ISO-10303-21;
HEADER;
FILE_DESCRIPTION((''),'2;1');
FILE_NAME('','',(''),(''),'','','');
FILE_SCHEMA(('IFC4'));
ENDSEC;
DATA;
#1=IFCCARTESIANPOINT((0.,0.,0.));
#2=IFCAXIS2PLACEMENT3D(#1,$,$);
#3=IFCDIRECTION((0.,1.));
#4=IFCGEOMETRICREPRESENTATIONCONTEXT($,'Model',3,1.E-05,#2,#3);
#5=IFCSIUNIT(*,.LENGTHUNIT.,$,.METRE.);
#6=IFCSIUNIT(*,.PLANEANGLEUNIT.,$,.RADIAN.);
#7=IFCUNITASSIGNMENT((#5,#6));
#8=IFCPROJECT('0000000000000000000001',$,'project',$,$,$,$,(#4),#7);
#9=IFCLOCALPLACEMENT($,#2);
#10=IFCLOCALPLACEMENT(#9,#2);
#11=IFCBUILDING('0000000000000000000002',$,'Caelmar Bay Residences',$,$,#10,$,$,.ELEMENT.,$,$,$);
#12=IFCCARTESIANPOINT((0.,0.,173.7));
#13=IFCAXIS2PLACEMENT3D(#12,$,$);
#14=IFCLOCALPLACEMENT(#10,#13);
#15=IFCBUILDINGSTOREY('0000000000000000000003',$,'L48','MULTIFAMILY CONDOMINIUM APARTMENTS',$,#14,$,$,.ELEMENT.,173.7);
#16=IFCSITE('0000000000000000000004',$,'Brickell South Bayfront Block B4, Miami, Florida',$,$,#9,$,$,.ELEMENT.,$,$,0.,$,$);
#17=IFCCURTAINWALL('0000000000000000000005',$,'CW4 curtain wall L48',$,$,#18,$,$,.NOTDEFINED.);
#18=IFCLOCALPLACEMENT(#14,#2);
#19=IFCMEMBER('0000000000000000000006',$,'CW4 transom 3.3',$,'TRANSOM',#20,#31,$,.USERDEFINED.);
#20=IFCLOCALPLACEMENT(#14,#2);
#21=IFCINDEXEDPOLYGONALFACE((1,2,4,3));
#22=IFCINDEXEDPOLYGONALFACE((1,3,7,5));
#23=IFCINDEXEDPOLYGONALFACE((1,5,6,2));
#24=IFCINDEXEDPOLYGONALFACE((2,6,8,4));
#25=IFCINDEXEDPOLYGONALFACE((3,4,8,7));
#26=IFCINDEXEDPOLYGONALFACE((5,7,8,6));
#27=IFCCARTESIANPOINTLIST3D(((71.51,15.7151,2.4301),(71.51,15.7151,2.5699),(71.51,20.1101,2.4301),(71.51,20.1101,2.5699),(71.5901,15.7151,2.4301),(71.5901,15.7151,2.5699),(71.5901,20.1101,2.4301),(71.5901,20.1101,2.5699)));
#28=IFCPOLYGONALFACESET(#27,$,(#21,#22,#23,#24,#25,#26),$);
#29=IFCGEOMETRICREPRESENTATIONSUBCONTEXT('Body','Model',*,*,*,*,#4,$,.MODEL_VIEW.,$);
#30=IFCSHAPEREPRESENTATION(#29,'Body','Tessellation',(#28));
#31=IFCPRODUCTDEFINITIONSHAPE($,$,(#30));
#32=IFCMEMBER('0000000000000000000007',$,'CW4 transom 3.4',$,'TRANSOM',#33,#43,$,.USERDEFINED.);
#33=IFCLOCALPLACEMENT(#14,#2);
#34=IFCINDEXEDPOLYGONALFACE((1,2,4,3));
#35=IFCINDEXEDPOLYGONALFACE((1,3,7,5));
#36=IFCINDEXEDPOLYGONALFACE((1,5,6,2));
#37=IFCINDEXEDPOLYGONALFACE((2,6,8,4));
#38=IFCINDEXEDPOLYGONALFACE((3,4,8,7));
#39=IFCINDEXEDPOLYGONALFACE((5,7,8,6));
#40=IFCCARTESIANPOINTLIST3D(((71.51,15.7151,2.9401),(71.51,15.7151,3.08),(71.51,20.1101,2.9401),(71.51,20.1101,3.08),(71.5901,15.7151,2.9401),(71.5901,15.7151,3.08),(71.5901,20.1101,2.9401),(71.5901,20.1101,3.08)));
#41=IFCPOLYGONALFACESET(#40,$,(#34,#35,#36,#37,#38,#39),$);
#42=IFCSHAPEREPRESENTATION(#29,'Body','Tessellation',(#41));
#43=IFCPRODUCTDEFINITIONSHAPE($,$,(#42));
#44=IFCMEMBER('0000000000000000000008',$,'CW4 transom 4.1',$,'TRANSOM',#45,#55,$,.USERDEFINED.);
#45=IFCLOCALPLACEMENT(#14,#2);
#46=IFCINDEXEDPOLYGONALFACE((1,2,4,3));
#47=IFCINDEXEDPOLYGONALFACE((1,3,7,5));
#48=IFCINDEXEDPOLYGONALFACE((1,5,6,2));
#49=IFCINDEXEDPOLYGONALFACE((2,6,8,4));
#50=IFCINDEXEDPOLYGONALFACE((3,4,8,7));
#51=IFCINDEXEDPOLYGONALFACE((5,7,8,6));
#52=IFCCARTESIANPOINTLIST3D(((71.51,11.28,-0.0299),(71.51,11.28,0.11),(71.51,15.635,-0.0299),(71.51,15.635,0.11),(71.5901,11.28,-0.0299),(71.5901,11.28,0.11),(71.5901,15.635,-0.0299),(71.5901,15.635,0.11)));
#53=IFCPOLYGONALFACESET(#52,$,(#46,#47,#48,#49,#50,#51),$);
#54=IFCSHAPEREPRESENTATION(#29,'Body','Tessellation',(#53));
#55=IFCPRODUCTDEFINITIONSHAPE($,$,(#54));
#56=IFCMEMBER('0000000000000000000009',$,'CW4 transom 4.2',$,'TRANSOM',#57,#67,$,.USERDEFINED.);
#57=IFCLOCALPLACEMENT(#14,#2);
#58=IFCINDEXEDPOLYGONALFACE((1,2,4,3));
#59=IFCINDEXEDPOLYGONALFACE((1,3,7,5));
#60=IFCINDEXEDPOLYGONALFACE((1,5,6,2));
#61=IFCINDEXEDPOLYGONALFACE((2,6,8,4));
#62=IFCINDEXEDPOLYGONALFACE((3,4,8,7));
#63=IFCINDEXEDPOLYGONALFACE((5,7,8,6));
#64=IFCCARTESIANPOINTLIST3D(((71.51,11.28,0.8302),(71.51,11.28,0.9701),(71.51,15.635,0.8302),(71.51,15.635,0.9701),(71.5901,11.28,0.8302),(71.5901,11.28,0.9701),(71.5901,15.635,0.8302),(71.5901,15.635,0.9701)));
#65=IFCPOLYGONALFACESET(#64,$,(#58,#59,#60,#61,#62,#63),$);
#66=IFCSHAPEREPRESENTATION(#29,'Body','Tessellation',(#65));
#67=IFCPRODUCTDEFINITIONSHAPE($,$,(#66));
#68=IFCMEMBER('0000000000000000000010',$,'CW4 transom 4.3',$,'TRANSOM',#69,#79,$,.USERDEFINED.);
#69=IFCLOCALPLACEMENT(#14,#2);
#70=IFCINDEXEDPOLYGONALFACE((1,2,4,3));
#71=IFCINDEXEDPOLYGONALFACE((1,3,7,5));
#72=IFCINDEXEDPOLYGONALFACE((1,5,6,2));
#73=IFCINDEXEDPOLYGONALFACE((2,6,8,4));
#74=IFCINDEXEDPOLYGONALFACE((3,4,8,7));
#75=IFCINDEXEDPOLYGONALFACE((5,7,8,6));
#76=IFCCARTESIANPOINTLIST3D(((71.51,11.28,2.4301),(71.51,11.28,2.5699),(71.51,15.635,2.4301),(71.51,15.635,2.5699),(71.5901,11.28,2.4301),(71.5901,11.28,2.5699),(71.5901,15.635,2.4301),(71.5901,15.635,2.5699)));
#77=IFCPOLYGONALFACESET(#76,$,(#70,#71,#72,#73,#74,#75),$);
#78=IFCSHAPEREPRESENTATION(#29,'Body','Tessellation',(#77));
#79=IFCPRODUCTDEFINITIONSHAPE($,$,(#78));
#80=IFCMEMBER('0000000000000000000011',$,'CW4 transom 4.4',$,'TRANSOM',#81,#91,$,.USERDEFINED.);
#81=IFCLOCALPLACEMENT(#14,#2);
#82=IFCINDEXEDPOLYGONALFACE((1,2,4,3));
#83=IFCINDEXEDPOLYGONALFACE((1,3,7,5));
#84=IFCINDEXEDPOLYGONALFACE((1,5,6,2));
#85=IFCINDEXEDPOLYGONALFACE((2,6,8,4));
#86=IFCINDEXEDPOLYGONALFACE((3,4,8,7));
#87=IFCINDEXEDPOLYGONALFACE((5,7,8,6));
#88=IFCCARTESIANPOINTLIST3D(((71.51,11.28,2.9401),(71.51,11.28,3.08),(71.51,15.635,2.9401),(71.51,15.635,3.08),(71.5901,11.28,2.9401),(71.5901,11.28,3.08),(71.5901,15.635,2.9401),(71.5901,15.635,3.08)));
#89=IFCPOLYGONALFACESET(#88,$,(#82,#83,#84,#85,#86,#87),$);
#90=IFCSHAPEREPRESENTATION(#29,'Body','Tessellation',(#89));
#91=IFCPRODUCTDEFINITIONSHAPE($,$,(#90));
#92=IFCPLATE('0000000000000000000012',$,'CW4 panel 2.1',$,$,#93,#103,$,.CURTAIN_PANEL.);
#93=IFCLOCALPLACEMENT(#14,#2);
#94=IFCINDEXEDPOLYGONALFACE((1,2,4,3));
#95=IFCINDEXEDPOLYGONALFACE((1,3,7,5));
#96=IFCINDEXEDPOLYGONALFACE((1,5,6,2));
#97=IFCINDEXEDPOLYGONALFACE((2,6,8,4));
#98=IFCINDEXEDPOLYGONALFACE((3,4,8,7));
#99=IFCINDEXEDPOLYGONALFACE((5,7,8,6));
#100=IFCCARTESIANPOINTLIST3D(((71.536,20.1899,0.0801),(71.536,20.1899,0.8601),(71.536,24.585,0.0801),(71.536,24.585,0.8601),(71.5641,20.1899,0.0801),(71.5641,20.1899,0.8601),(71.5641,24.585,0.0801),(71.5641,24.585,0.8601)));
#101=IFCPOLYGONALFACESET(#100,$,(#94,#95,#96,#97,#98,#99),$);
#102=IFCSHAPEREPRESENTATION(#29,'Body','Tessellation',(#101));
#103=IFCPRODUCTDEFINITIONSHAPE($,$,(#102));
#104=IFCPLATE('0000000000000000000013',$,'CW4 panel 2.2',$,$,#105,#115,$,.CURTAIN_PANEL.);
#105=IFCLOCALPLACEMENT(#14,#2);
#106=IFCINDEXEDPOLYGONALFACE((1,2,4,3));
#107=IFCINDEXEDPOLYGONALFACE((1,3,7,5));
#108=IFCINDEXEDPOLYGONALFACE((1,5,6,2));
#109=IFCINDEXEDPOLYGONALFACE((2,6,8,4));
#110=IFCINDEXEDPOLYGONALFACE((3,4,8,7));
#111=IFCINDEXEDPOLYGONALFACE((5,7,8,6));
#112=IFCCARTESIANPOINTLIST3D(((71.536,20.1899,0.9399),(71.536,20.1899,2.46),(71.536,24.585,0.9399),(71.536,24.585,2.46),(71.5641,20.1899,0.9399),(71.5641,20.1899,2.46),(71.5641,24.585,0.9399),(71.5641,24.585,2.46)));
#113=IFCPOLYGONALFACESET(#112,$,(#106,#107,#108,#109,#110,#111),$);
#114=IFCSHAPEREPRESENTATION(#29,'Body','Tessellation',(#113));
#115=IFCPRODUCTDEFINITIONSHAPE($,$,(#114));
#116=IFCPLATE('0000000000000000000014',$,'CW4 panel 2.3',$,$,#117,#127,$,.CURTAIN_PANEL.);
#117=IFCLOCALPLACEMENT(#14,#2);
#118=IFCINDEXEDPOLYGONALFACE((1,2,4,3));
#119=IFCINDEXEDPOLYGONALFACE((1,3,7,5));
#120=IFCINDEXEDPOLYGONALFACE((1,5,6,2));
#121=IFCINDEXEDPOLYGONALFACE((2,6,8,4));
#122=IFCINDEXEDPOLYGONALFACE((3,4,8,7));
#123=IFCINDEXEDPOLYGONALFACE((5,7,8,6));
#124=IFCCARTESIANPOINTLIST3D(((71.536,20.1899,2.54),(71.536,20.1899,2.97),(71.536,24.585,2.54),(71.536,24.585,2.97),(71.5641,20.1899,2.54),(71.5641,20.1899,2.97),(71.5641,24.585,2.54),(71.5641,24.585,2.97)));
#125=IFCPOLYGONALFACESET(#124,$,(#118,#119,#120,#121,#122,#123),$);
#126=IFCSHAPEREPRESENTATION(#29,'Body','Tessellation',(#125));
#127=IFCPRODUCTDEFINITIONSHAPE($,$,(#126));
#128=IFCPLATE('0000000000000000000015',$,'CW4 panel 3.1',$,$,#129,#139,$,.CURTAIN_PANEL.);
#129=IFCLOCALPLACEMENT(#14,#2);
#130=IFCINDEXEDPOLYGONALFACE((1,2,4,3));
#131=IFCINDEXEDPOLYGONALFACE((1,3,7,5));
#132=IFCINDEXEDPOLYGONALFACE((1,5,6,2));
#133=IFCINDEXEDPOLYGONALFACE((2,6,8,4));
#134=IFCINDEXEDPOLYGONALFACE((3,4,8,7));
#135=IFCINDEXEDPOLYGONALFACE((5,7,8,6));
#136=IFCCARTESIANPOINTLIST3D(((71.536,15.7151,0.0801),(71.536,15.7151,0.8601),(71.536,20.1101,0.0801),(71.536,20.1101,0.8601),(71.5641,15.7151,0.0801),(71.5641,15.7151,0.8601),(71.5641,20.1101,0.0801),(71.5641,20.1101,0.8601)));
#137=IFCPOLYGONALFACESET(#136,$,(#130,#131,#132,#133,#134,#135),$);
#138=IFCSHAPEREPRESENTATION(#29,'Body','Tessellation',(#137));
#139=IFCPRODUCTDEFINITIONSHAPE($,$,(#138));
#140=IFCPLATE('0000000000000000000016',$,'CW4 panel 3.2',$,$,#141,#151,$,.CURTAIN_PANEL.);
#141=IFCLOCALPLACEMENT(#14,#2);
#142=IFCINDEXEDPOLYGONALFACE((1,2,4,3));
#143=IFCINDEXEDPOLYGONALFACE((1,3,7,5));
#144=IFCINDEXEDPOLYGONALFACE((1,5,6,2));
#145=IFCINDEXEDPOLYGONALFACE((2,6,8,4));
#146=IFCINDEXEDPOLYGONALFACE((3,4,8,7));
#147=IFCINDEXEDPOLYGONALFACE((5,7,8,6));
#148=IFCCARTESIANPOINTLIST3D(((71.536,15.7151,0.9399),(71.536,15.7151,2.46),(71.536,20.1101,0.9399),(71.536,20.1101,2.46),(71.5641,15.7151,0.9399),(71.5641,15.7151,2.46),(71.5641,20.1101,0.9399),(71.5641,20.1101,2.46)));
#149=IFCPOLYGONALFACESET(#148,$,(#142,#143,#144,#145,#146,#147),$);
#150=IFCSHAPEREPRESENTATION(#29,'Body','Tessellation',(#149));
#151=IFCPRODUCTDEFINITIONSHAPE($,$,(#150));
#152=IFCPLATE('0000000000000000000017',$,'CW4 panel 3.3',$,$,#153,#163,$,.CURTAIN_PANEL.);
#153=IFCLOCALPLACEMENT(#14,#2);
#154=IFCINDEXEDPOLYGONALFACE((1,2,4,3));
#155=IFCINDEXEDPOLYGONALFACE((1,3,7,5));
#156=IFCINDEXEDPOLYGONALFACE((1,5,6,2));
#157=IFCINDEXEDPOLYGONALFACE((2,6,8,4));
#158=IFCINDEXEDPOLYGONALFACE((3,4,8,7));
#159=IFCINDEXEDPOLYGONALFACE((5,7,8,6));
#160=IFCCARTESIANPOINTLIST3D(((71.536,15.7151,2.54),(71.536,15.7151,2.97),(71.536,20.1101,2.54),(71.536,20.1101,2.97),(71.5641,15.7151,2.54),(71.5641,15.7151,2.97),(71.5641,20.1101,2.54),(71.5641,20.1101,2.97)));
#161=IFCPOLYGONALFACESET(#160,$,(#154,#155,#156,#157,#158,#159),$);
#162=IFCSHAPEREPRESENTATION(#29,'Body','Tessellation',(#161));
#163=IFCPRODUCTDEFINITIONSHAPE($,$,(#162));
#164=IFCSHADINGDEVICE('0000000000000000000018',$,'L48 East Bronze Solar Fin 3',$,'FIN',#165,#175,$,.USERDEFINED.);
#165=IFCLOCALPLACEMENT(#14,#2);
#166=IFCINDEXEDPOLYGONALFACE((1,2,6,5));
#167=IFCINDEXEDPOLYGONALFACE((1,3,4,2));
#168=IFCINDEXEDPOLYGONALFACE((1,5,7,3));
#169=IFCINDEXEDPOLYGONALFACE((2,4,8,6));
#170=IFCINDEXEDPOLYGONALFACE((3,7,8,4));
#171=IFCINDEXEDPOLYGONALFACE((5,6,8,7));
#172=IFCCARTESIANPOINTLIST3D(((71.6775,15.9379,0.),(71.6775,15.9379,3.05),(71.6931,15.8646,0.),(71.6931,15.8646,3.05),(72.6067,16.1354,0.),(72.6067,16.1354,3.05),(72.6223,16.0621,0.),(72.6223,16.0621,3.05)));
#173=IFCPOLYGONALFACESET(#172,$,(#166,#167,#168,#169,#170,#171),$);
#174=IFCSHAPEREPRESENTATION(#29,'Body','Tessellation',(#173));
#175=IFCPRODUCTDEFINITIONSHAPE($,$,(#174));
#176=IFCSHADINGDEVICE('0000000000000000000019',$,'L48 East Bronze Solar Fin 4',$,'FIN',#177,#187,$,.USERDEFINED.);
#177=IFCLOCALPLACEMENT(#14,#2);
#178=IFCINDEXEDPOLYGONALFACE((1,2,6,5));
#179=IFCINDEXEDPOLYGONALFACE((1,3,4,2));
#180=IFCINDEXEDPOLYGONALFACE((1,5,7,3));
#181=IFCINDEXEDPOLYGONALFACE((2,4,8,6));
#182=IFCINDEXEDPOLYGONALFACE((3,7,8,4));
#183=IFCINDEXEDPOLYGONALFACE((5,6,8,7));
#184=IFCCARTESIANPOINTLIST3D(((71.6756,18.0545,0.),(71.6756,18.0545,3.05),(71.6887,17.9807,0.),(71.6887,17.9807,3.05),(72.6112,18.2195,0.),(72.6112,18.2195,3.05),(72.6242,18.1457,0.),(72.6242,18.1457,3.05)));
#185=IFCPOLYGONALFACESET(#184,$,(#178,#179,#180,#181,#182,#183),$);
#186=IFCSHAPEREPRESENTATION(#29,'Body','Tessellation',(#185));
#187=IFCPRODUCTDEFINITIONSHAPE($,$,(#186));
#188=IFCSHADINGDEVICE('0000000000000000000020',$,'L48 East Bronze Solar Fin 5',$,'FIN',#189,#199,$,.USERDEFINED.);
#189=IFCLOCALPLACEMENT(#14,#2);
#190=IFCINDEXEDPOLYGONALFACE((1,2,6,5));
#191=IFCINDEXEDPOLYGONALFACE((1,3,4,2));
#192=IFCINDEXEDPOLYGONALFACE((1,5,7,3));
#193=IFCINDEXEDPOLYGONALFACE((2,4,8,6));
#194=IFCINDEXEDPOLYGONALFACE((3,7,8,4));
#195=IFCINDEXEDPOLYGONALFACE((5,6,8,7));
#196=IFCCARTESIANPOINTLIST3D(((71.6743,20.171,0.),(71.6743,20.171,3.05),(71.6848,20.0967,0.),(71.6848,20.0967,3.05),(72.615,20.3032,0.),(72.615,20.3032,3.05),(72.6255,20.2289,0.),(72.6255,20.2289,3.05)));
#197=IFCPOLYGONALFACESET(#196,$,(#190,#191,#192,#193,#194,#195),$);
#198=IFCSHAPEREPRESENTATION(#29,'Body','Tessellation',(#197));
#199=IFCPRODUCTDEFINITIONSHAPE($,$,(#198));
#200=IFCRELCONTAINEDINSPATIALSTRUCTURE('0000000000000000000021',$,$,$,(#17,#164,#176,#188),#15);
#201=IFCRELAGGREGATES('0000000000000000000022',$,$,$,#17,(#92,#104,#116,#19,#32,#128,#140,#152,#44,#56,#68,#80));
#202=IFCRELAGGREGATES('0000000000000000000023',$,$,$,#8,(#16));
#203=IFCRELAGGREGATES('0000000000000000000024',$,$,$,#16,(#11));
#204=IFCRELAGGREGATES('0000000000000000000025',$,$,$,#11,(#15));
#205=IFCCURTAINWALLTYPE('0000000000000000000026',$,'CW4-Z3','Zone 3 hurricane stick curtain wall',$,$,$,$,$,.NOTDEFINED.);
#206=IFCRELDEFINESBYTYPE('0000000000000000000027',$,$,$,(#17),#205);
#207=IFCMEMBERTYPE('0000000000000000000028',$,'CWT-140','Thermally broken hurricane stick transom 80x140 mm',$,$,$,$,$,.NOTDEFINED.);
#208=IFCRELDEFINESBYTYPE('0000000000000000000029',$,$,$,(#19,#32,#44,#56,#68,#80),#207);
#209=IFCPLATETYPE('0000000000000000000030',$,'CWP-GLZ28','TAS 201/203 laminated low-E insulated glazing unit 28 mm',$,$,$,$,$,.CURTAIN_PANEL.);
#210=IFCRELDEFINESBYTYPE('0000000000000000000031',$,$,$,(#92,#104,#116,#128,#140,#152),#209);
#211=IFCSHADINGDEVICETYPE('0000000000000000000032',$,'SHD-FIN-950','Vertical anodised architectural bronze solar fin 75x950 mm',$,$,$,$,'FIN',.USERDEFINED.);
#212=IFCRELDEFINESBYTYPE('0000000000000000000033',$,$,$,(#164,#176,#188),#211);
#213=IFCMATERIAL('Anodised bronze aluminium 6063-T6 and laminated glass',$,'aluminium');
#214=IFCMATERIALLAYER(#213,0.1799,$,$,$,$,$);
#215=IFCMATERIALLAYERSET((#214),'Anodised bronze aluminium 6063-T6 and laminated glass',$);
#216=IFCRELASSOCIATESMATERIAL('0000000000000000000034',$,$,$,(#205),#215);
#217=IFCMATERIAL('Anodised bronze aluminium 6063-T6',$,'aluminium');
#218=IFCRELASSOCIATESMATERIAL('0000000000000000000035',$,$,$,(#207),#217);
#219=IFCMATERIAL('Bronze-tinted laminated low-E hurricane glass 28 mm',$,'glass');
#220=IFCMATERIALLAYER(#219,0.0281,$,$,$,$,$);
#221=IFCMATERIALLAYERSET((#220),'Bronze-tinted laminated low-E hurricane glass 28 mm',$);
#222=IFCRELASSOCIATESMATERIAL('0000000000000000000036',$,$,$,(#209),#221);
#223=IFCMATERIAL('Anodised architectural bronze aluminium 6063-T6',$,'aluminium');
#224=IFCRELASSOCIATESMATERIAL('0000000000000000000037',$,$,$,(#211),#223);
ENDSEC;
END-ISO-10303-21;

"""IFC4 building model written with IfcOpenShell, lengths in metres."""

from ifc_helpers import new_model, si_unit, direction, frame, origin, origin_2d, place, context, subcontext, project, spatial, rectangle, extrude, material, layer, layer_set, material_profile, profile_set, type_object, element, aggregate, save


model = new_model("IFC4")

# Units and contexts
model_context = context("Model", 3, precision=1e-05, world=origin(), true_north=direction((0.0, 1.0)))
body_context = subcontext(model_context, "Body", "Model", "MODEL_VIEW")
ifc_project = project(units=[si_unit("LENGTHUNIT", "METRE"), si_unit("PLANEANGLEUNIT", "RADIAN")], contexts=[model_context])

# Site, building, storey
site_placement = place(None, origin())
site = spatial("IfcSite", under=ifc_project, at=site_placement, Name="Brickell South Bayfront Block B4, Miami, Florida", CompositionType="ELEMENT", RefElevation=0.0)
building_placement = place(site_placement, origin())
building = spatial("IfcBuilding", under=site, at=building_placement, Name="Caelmar Bay Residences", CompositionType="ELEMENT")
storey_placement = place(building_placement, frame((0.0, 0.0, 173.7)))
storey = spatial("IfcBuildingStorey", under=building, at=storey_placement, Name="L48", Description="MULTIFAMILY CONDOMINIUM APARTMENTS", CompositionType="ELEMENT", Elevation=173.7)

# Curtain wall, members, plates
ifc_material_1 = material(Name="Anodised bronze aluminium 6063-T6 and laminated glass", Category="aluminium")
ifc_layer_1 = layer(ifc_material_1, 0.1799)
ifc_layer_set_1 = layer_set([ifc_layer_1], Name="Anodised bronze aluminium 6063-T6 and laminated glass")
curtain_wall_type = type_object("IfcCurtainWallType", Name="CW4-Z3", Description="Zone 3 hurricane stick curtain wall", PredefinedType="NOTDEFINED", material=ifc_layer_set_1)
curtain_wall_placement = place(storey_placement, origin())
curtain_wall = element("IfcCurtainWall", 1, at=curtain_wall_placement, inside=storey, type_object=curtain_wall_type, Name="CW4 curtain wall L48", PredefinedType="NOTDEFINED")
ifc_material_2 = material(Name="Anodised bronze aluminium 6063-T6", Category="aluminium")
ifc_material_profile_1 = material_profile(ifc_material_2, rectangle(XDim=0.0801, YDim=0.1399, at=origin_2d()), Name="CWT-80X140")
ifc_profile_set_1 = profile_set([ifc_material_profile_1], Name="Anodised bronze aluminium 6063-T6")
member_type_1 = type_object("IfcMemberType", Name="CWT-140", Description="Thermally broken hurricane stick transom 80x140 mm", PredefinedType="NOTDEFINED", material=ifc_profile_set_1)
member_1_placement = place(storey_placement, frame((71.55, 20.1101, 2.5), z_axis=(0.0, -1.0, 0.0), x_axis=(1.0, 0.0, 0.0)))
member_1 = element("IfcMember", 2, at=member_1_placement, type_object=member_type_1, Name="CW4 transom 3.3", ObjectType="TRANSOM", PredefinedType="USERDEFINED", context=body_context, shape_type="SweptSolid", body=[
    extrude(rectangle(XDim=0.0801, YDim=0.1399, at=origin_2d()), origin(), (0.0, 0.0, 1.0), 4.395),
])
member_2_placement = place(storey_placement, frame((71.55, 20.1101, 3.01), z_axis=(0.0, -1.0, 0.0), x_axis=(1.0, 0.0, 0.0)))
member_2 = element("IfcMember", 3, at=member_2_placement, type_object=member_type_1, Name="CW4 transom 3.4", ObjectType="TRANSOM", PredefinedType="USERDEFINED", context=body_context, shape_type="SweptSolid", body=[
    extrude(rectangle(XDim=0.0801, YDim=0.1399, at=origin_2d()), origin(), (0.0, 0.0, 1.0), 4.395),
])
member_3_placement = place(storey_placement, frame((71.55, 15.635, 0.04), z_axis=(0.0, -1.0, 0.0), x_axis=(1.0, 0.0, 0.0)))
member_3 = element("IfcMember", 4, at=member_3_placement, type_object=member_type_1, Name="CW4 transom 4.1", ObjectType="TRANSOM", PredefinedType="USERDEFINED", context=body_context, shape_type="SweptSolid", body=[
    extrude(rectangle(XDim=0.0801, YDim=0.1399, at=origin_2d()), origin(), (0.0, 0.0, 1.0), 4.355),
])
member_4_placement = place(storey_placement, frame((71.55, 15.635, 0.9001), z_axis=(0.0, -1.0, 0.0), x_axis=(1.0, 0.0, 0.0)))
member_4 = element("IfcMember", 5, at=member_4_placement, type_object=member_type_1, Name="CW4 transom 4.2", ObjectType="TRANSOM", PredefinedType="USERDEFINED", context=body_context, shape_type="SweptSolid", body=[
    extrude(rectangle(XDim=0.0801, YDim=0.1399, at=origin_2d()), origin(), (0.0, 0.0, 1.0), 4.355),
])
member_5_placement = place(storey_placement, frame((71.55, 15.635, 2.5), z_axis=(0.0, -1.0, 0.0), x_axis=(1.0, 0.0, 0.0)))
member_5 = element("IfcMember", 6, at=member_5_placement, type_object=member_type_1, Name="CW4 transom 4.3", ObjectType="TRANSOM", PredefinedType="USERDEFINED", context=body_context, shape_type="SweptSolid", body=[
    extrude(rectangle(XDim=0.0801, YDim=0.1399, at=origin_2d()), origin(), (0.0, 0.0, 1.0), 4.355),
])
member_6_placement = place(storey_placement, frame((71.55, 15.635, 3.01), z_axis=(0.0, -1.0, 0.0), x_axis=(1.0, 0.0, 0.0)))
member_6 = element("IfcMember", 7, at=member_6_placement, type_object=member_type_1, Name="CW4 transom 4.4", ObjectType="TRANSOM", PredefinedType="USERDEFINED", context=body_context, shape_type="SweptSolid", body=[
    extrude(rectangle(XDim=0.0801, YDim=0.1399, at=origin_2d()), origin(), (0.0, 0.0, 1.0), 4.355),
])
ifc_material_3 = material(Name="Bronze-tinted laminated low-E hurricane glass 28 mm", Category="glass")
ifc_layer_2 = layer(ifc_material_3, 0.0281)
ifc_layer_set_2 = layer_set([ifc_layer_2], Name="Bronze-tinted laminated low-E hurricane glass 28 mm")
plate_type = type_object("IfcPlateType", Name="CWP-GLZ28", Description="TAS 201/203 laminated low-E insulated glazing unit 28 mm", PredefinedType="CURTAIN_PANEL", material=ifc_layer_set_2)
plate_1_placement = place(storey_placement, frame((71.55, 22.3875, 0.0801), z_axis=(0.0, 0.0, 1.0), x_axis=(0.0, -1.0, 0.0)))
plate_1 = element("IfcPlate", 8, at=plate_1_placement, type_object=plate_type, Name="CW4 panel 2.1", PredefinedType="CURTAIN_PANEL", context=body_context, shape_type="SweptSolid", body=[
    extrude(rectangle(XDim=4.395, YDim=0.0281, at=origin_2d()), origin(), (0.0, 0.0, 1.0), 0.78),
])
plate_2_placement = place(storey_placement, frame((71.55, 22.3875, 0.9399), z_axis=(0.0, 0.0, 1.0), x_axis=(0.0, -1.0, 0.0)))
plate_2 = element("IfcPlate", 9, at=plate_2_placement, type_object=plate_type, Name="CW4 panel 2.2", PredefinedType="CURTAIN_PANEL", context=body_context, shape_type="SweptSolid", body=[
    extrude(rectangle(XDim=4.395, YDim=0.0281, at=origin_2d()), origin(), (0.0, 0.0, 1.0), 1.52),
])
plate_3_placement = place(storey_placement, frame((71.55, 22.3875, 2.54), z_axis=(0.0, 0.0, 1.0), x_axis=(0.0, -1.0, 0.0)))
plate_3 = element("IfcPlate", 10, at=plate_3_placement, type_object=plate_type, Name="CW4 panel 2.3", PredefinedType="CURTAIN_PANEL", context=body_context, shape_type="SweptSolid", body=[
    extrude(rectangle(XDim=4.395, YDim=0.0281, at=origin_2d()), origin(), (0.0, 0.0, 1.0), 0.4299),
])
plate_4_placement = place(storey_placement, frame((71.55, 17.9126, 0.0801), z_axis=(0.0, 0.0, 1.0), x_axis=(0.0, -1.0, 0.0)))
plate_4 = element("IfcPlate", 11, at=plate_4_placement, type_object=plate_type, Name="CW4 panel 3.1", PredefinedType="CURTAIN_PANEL", context=body_context, shape_type="SweptSolid", body=[
    extrude(rectangle(XDim=4.395, YDim=0.0281, at=origin_2d()), origin(), (0.0, 0.0, 1.0), 0.78),
])
plate_5_placement = place(storey_placement, frame((71.55, 17.9126, 0.9399), z_axis=(0.0, 0.0, 1.0), x_axis=(0.0, -1.0, 0.0)))
plate_5 = element("IfcPlate", 12, at=plate_5_placement, type_object=plate_type, Name="CW4 panel 3.2", PredefinedType="CURTAIN_PANEL", context=body_context, shape_type="SweptSolid", body=[
    extrude(rectangle(XDim=4.395, YDim=0.0281, at=origin_2d()), origin(), (0.0, 0.0, 1.0), 1.52),
])
plate_6_placement = place(storey_placement, frame((71.55, 17.9126, 2.54), z_axis=(0.0, 0.0, 1.0), x_axis=(0.0, -1.0, 0.0)))
plate_6 = element("IfcPlate", 13, at=plate_6_placement, type_object=plate_type, Name="CW4 panel 3.3", PredefinedType="CURTAIN_PANEL", context=body_context, shape_type="SweptSolid", body=[
    extrude(rectangle(XDim=4.395, YDim=0.0281, at=origin_2d()), origin(), (0.0, 0.0, 1.0), 0.4299),
])
aggregate(curtain_wall, [plate_1, plate_2, plate_3, member_1, member_2, plate_4, plate_5, plate_6, member_3, member_4, member_5, member_6])

# Shading devices
ifc_material_4 = material(Name="Anodised architectural bronze aluminium 6063-T6", Category="aluminium")
ifc_material_profile_2 = material_profile(ifc_material_4, rectangle(XDim=0.075, YDim=0.95, at=origin_2d()), Name="BRONZE-FIN-75X950")
ifc_profile_set_2 = profile_set([ifc_material_profile_2], Name="Anodised architectural bronze aluminium 6063-T6")
shading_device_type = type_object("IfcShadingDeviceType", Name="SHD-FIN-950", Description="Vertical anodised architectural bronze solar fin 75x950 mm", ElementType="FIN", PredefinedType="USERDEFINED", material=ifc_profile_set_2)
for number, where, z_axis, x_axis, name in (
    (14, (72.1499, 16.0, 0.0), (0.0, 0.0, 1.0), (-0.207912, 0.978148, 0.0), "L48 East Bronze Solar Fin 3"),
    (15, (72.1499, 18.1001, 0.0), (0.0, 0.0, 1.0), (-0.173648, 0.984808, 0.0), "L48 East Bronze Solar Fin 4"),
    (16, (72.1499, 20.2, 0.0), (0.0, 0.0, 1.0), (-0.139173, 0.990268, 0.0), "L48 East Bronze Solar Fin 5"),
):
    element("IfcShadingDevice", number, at=place(storey_placement, frame(where, z_axis=z_axis, x_axis=x_axis)), inside=storey, type_object=shading_device_type, Name=name, ObjectType="FIN", PredefinedType="USERDEFINED", context=body_context, shape_type="SweptSolid", body=[
        extrude(rectangle(XDim=0.075, YDim=0.95, at=origin_2d()), origin(), (0.0, 0.0, 1.0), 3.05),
    ])

save(model, "model.ifc")
